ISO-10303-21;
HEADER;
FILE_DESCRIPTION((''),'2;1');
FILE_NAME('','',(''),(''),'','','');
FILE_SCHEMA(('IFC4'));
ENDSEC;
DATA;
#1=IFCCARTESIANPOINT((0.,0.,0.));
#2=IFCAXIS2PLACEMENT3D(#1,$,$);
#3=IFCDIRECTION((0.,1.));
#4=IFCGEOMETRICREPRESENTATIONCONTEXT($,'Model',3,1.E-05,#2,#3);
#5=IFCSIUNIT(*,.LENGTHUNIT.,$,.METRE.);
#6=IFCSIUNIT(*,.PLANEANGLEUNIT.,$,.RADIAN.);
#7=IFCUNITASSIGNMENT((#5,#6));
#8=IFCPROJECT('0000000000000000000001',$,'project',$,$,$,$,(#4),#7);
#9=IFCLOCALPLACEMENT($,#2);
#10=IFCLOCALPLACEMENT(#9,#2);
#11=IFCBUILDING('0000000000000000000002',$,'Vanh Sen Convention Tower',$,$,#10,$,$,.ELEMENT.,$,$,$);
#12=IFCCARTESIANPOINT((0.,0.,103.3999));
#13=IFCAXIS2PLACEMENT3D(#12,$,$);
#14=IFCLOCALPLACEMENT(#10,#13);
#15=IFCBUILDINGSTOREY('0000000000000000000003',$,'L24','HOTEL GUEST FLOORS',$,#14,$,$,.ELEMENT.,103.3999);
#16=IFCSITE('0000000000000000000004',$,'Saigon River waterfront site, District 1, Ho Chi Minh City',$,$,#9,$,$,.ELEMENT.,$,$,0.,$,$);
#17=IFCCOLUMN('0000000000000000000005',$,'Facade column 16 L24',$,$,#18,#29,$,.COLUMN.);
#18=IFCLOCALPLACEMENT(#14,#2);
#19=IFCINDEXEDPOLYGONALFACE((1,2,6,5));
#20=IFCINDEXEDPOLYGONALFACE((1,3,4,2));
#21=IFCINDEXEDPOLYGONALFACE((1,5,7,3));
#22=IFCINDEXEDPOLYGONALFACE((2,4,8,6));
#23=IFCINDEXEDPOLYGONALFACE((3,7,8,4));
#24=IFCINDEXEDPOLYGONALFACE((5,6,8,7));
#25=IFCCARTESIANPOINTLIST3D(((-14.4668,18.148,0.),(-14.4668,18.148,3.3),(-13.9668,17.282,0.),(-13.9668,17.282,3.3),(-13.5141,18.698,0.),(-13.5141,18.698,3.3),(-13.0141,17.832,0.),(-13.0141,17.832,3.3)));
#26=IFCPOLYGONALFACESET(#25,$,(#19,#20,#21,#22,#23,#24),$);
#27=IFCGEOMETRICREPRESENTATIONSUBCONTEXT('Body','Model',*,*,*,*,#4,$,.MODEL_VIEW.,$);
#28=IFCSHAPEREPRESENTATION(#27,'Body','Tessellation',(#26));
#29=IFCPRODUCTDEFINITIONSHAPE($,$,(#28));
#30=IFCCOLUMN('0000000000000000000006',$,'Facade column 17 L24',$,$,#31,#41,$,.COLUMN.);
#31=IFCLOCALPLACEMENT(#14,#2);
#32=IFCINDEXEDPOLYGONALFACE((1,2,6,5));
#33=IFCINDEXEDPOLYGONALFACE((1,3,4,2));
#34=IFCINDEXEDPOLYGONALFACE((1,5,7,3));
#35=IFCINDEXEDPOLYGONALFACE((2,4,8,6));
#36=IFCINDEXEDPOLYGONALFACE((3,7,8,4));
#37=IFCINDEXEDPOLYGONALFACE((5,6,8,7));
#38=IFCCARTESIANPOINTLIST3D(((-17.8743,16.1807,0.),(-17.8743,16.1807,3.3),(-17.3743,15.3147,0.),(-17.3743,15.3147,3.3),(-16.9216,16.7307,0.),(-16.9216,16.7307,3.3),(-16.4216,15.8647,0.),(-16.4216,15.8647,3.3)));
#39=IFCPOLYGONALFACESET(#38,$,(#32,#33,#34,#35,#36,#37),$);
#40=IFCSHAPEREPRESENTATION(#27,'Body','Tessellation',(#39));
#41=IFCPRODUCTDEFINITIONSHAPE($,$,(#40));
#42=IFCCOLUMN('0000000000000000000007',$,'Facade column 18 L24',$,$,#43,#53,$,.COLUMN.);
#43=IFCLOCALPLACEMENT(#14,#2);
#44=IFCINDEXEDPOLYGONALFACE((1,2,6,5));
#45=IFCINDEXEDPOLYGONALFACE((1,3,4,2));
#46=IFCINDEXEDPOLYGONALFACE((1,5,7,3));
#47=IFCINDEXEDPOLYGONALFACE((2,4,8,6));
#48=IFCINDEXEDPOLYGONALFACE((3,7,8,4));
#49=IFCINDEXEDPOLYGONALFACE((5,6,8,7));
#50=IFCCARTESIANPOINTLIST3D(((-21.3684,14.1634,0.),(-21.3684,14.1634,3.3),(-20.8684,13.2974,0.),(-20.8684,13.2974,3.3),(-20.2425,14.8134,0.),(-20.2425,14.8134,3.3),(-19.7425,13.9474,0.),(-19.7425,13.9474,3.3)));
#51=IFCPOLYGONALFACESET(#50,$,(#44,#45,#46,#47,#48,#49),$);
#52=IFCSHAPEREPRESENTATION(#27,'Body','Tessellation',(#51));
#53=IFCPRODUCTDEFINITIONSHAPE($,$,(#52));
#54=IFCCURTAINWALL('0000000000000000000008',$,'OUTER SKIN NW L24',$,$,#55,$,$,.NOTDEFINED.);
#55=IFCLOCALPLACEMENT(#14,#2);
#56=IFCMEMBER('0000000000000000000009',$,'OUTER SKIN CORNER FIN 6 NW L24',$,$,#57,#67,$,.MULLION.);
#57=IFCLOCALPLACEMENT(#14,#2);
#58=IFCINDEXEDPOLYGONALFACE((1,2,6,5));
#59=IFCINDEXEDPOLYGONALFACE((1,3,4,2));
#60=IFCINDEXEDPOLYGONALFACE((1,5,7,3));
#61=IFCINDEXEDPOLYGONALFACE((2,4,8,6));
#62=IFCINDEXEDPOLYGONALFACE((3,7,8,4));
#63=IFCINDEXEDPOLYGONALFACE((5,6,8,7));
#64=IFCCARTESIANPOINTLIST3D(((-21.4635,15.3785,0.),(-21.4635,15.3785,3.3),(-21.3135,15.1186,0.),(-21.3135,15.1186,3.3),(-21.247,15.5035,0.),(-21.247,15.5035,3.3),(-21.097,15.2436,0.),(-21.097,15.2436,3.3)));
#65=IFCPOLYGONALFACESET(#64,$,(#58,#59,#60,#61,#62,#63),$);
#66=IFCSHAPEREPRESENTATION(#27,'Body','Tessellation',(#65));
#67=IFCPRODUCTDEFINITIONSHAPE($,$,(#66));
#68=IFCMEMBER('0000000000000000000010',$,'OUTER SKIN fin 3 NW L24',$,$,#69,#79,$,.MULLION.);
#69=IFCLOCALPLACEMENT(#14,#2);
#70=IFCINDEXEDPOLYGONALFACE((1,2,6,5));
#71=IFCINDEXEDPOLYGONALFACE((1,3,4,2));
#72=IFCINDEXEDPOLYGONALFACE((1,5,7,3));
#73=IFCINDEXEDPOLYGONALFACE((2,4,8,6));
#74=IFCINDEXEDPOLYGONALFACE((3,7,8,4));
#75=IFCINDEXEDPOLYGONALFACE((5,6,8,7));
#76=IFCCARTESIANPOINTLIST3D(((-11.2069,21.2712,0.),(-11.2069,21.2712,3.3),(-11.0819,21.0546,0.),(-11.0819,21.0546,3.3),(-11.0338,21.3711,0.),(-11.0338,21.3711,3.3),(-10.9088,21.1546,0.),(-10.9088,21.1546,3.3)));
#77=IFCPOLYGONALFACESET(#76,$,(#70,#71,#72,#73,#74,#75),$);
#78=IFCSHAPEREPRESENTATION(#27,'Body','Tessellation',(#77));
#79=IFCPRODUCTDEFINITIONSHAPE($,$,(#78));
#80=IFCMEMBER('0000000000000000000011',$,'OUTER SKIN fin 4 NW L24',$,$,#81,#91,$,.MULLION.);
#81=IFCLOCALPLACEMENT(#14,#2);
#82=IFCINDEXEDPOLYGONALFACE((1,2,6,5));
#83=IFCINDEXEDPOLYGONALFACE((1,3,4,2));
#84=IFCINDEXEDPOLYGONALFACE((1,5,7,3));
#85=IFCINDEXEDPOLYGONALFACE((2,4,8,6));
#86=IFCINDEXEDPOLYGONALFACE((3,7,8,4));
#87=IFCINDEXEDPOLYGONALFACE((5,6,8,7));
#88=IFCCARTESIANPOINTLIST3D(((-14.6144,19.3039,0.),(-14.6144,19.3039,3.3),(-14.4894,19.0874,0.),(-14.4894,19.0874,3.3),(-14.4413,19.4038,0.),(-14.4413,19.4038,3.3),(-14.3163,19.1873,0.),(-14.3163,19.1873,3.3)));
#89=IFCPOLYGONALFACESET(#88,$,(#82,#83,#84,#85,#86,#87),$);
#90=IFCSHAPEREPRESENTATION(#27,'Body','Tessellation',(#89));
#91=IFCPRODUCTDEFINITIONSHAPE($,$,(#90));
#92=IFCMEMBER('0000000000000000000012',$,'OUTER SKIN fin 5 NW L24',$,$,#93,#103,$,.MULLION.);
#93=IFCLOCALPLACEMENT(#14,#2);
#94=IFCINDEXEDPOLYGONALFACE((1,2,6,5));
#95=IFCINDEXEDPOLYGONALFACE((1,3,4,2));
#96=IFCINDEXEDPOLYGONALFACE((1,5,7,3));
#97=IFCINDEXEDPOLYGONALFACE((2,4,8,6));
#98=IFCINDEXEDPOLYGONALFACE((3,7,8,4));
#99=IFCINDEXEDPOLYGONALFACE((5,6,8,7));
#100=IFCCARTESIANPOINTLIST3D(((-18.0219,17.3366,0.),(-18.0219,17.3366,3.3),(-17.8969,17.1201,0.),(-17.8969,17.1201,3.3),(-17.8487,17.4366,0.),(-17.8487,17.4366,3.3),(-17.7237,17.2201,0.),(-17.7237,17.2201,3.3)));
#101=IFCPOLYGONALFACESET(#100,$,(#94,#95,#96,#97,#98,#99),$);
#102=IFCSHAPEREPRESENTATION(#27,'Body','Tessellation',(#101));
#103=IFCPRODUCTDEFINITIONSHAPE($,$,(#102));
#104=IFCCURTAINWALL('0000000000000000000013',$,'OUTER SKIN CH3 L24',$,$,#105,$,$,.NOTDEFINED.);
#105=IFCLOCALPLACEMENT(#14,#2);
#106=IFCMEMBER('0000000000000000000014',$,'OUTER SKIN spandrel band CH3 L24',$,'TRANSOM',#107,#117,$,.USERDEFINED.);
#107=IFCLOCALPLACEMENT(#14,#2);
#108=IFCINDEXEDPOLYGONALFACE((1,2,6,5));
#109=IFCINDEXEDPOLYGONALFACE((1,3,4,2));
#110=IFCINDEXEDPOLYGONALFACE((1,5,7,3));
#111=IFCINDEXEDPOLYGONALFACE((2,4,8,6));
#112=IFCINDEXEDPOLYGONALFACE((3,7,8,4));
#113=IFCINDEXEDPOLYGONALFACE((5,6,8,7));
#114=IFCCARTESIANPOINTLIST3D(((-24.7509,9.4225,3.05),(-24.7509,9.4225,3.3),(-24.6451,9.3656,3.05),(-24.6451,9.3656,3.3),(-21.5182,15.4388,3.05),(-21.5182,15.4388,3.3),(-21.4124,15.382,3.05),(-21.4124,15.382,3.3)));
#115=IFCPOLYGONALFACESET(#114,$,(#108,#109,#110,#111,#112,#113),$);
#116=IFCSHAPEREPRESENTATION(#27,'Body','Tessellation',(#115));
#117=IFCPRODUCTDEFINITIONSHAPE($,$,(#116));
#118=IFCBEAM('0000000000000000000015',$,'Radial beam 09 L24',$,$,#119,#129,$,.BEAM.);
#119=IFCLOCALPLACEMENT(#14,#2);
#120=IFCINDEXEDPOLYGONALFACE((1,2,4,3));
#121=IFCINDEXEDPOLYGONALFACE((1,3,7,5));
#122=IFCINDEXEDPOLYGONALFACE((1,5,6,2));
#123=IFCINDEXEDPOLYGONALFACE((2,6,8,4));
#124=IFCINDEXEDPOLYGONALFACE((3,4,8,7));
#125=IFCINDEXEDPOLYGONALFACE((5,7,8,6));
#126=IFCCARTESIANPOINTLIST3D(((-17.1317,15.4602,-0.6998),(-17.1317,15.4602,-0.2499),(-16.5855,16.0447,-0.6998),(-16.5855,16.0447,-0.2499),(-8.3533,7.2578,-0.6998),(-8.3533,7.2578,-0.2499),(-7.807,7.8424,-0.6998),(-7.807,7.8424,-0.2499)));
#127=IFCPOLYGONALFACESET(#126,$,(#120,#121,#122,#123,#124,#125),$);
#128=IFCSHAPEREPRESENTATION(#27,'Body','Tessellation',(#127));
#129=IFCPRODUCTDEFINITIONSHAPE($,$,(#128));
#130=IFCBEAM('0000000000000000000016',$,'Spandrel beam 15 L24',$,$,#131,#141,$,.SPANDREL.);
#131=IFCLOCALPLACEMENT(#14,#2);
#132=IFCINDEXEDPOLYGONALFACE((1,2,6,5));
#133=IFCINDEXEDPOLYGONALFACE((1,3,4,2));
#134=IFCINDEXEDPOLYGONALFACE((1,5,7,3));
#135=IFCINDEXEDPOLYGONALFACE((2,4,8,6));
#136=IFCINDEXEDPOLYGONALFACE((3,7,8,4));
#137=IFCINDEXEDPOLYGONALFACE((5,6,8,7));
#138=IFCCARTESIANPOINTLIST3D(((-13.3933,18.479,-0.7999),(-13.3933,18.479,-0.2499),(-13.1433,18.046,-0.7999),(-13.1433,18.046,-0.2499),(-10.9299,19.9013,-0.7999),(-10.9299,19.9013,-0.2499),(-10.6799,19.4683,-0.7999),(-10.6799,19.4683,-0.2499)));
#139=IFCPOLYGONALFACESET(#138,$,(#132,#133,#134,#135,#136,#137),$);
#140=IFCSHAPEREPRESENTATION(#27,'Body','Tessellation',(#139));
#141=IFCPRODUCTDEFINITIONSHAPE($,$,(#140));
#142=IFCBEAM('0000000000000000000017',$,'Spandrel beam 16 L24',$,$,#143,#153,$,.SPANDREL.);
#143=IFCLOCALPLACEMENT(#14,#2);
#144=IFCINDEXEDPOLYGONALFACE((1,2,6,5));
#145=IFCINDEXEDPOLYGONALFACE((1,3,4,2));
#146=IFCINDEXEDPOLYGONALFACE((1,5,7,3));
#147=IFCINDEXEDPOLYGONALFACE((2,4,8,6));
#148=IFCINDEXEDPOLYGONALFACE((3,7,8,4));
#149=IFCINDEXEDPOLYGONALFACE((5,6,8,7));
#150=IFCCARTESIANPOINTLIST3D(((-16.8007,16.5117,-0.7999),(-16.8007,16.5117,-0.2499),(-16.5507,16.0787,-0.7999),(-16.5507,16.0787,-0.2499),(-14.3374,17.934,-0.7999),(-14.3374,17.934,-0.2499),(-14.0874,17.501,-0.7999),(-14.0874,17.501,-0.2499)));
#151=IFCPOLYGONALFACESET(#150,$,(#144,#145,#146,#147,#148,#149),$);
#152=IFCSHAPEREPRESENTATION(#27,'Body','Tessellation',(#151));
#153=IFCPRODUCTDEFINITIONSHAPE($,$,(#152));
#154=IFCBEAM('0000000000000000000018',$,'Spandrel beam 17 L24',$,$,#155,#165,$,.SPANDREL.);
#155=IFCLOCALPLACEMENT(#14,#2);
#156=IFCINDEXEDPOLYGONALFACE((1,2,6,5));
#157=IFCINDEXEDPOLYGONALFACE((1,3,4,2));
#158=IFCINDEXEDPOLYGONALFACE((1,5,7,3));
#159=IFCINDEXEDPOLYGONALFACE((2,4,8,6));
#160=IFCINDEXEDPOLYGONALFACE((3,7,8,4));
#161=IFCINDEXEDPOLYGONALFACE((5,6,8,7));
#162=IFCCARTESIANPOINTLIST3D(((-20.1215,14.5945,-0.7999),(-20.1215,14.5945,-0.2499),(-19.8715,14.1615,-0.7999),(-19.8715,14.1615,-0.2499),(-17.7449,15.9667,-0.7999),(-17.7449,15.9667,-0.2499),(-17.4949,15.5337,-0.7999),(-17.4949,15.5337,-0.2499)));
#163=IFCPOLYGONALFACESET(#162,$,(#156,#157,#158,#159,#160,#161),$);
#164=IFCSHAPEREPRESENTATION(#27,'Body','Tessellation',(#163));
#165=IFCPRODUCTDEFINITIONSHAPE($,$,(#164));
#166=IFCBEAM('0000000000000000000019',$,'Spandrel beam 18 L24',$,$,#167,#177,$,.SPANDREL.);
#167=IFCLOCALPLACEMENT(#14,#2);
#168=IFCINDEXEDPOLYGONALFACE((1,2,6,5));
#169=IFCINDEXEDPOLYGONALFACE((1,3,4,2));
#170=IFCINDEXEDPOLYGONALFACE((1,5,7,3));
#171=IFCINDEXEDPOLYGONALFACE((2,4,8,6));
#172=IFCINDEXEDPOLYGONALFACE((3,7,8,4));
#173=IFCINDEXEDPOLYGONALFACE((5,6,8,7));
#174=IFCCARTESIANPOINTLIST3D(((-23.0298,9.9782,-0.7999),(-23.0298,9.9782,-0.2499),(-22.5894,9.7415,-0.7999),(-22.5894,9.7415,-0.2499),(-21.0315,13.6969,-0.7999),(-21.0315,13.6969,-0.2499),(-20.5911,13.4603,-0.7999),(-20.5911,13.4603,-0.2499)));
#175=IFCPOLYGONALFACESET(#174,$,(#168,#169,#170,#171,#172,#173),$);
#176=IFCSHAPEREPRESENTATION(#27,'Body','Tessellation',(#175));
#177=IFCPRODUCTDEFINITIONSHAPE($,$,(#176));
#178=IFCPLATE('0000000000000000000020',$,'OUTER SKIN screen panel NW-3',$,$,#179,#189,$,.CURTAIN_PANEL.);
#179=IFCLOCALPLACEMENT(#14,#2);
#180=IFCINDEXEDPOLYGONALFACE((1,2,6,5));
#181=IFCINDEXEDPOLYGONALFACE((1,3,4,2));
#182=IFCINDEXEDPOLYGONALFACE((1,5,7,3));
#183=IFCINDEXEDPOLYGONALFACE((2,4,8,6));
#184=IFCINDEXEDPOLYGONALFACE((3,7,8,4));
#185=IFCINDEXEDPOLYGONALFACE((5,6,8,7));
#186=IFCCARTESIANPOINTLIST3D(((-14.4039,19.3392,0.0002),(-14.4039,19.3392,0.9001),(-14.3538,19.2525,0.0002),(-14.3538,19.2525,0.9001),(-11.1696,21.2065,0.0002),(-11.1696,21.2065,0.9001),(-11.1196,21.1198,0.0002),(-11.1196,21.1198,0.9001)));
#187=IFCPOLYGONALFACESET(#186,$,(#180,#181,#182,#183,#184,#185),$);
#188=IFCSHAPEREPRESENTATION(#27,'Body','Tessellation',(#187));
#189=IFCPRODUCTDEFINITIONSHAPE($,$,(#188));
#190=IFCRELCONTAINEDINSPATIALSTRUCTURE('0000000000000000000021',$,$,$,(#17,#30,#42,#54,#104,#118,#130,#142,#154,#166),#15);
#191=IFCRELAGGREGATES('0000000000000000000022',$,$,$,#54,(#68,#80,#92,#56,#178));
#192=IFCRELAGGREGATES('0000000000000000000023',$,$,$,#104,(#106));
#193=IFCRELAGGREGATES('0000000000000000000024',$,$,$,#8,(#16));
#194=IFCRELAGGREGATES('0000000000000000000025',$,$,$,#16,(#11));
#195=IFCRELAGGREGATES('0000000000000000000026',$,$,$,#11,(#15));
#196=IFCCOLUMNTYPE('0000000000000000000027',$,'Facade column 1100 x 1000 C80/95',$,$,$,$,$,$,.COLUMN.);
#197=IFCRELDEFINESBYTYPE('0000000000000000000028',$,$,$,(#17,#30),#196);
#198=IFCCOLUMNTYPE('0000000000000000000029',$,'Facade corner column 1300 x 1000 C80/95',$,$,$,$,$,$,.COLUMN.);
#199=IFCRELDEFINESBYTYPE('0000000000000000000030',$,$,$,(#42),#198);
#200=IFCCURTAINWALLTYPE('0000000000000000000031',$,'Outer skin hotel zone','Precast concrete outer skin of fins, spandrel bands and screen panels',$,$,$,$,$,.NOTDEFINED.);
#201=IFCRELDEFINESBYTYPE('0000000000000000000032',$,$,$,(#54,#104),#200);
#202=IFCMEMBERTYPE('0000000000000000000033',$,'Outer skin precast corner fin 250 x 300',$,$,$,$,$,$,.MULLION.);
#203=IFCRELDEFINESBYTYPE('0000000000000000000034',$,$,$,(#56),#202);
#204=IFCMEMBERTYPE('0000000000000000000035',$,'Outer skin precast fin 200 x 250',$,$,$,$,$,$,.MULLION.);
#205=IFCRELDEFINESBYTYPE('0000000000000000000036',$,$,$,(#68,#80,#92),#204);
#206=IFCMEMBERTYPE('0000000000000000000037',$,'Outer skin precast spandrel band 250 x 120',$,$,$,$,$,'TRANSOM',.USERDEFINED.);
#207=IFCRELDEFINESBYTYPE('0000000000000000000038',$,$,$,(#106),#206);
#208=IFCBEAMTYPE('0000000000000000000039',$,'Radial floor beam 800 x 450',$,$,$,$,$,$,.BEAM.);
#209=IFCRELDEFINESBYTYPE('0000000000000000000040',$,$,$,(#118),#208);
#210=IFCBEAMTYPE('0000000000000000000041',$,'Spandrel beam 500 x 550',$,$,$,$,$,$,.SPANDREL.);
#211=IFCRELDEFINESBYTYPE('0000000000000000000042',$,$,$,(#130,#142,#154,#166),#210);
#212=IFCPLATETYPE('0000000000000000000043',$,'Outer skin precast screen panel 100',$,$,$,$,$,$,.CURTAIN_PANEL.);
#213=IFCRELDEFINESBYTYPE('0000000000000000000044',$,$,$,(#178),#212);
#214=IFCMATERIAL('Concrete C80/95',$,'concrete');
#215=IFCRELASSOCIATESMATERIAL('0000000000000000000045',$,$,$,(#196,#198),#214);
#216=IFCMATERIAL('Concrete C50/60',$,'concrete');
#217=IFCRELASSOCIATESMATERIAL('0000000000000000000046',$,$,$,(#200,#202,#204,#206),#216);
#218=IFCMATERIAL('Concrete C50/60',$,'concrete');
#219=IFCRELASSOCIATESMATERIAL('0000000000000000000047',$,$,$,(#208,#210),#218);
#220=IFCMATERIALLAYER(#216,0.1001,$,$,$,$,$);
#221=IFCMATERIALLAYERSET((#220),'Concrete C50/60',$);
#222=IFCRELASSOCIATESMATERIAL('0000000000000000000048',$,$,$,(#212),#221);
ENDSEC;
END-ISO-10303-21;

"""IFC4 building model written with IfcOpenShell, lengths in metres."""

from ifc_helpers import new_model, si_unit, direction, frame, origin, origin_2d, place, context, subcontext, project, spatial, rectangle, extrude, material, layer, layer_set, material_profile, profile_set, type_object, element, aggregate, save


model = new_model("IFC4")

# Units and contexts
model_context = context("Model", 3, precision=1e-05, world=origin(), true_north=direction((0.0, 1.0)))
body_context = subcontext(model_context, "Body", "Model", "MODEL_VIEW")
ifc_project = project(units=[si_unit("LENGTHUNIT", "METRE"), si_unit("PLANEANGLEUNIT", "RADIAN")], contexts=[model_context])

# Site, building, storey
site_placement = place(None, origin())
site = spatial("IfcSite", under=ifc_project, at=site_placement, Name="Saigon River waterfront site, District 1, Ho Chi Minh City", CompositionType="ELEMENT", RefElevation=0.0)
building_placement = place(site_placement, origin())
building = spatial("IfcBuilding", under=site, at=building_placement, Name="Vanh Sen Convention Tower", CompositionType="ELEMENT")
storey_placement = place(building_placement, frame((0.0, 0.0, 103.3999)))
storey = spatial("IfcBuildingStorey", under=building, at=storey_placement, Name="L24", Description="HOTEL GUEST FLOORS", CompositionType="ELEMENT", Elevation=103.3999)

# Columns
ifc_material_1 = material(Name="Concrete C80/95", Category="concrete")
ifc_material_profile_1 = material_profile(ifc_material_1, rectangle(XDim=1.1001, YDim=1.0, at=origin_2d()), Name="RC 1100X1000")
ifc_profile_set_1 = profile_set([ifc_material_profile_1], Name="Concrete C80/95")
column_type_1 = type_object("IfcColumnType", Name="Facade column 1100 x 1000 C80/95", PredefinedType="COLUMN", material=ifc_profile_set_1)
for number, where, z_axis, x_axis, name in (
    (1, (-13.7405, 17.99, 0.0), (0.0, 0.0, 1.0), (-0.866025, -0.5, 0.0), "Facade column 16 L24"),
    (2, (-17.1479, 16.0227, 0.0), (0.0, 0.0, 1.0), (-0.866025, -0.5, 0.0), "Facade column 17 L24"),
):
    element("IfcColumn", number, at=place(storey_placement, frame(where, z_axis=z_axis, x_axis=x_axis)), inside=storey, type_object=column_type_1, Name=name, PredefinedType="COLUMN", context=body_context, shape_type="SweptSolid", body=[
        extrude(rectangle(XDim=1.1001, YDim=1.0, at=origin_2d()), origin(), (0.0, 0.0, 1.0), 3.3),
    ])
ifc_material_profile_2 = material_profile(ifc_material_1, rectangle(XDim=1.3, YDim=1.0, at=origin_2d()), Name="RC 1300X1000")
ifc_profile_set_2 = profile_set([ifc_material_profile_2], Name="Concrete C80/95")
column_type_2 = type_object("IfcColumnType", Name="Facade corner column 1300 x 1000 C80/95", PredefinedType="COLUMN", material=ifc_profile_set_2)
column_placement = place(storey_placement, frame((-20.5554, 14.0554, 0.0), z_axis=(0.0, 0.0, 1.0), x_axis=(-0.866025, -0.5, 0.0)))
element("IfcColumn", 3, at=column_placement, inside=storey, type_object=column_type_2, Name="Facade column 18 L24", PredefinedType="COLUMN", context=body_context, shape_type="SweptSolid", body=[
    extrude(rectangle(XDim=1.3, YDim=1.0, at=origin_2d()), origin(), (0.0, 0.0, 1.0), 3.3),
])

# Curtain wall, members
ifc_material_2 = material(Name="Concrete C50/60", Category="concrete")
curtain_wall_type = type_object("IfcCurtainWallType", Name="Outer skin hotel zone", Description="Precast concrete outer skin of fins, spandrel bands and screen panels", PredefinedType="NOTDEFINED", material=ifc_material_2)
curtain_wall_1_placement = place(storey_placement, origin())
curtain_wall_1 = element("IfcCurtainWall", 4, at=curtain_wall_1_placement, inside=storey, type_object=curtain_wall_type, Name="OUTER SKIN NW L24", PredefinedType="NOTDEFINED")
ifc_material_profile_3 = material_profile(ifc_material_2, rectangle(XDim=0.25, YDim=0.3, at=origin_2d()), Name="Outer skin precast corner fin 250 x 300")
ifc_profile_set_3 = profile_set([ifc_material_profile_3], Name="Concrete C50/60")
member_type_1 = type_object("IfcMemberType", Name="Outer skin precast corner fin 250 x 300", PredefinedType="MULLION", material=ifc_profile_set_3)
member_1_placement = place(storey_placement, frame((-21.2803, 15.311, 0.0), z_axis=(0.0, 0.0, 1.0), x_axis=(-0.866025, -0.5, 0.0)))
member_1 = element("IfcMember", 5, at=member_1_placement, type_object=member_type_1, Name="OUTER SKIN CORNER FIN 6 NW L24", PredefinedType="MULLION", context=body_context, shape_type="SweptSolid", body=[
    extrude(rectangle(XDim=0.25, YDim=0.3, at=origin_2d()), origin(), (0.0, 0.0, 1.0), 3.3),
])
ifc_material_profile_4 = material_profile(ifc_material_2, rectangle(XDim=0.2, YDim=0.25, at=origin_2d()), Name="Outer skin precast fin 200 x 250")
ifc_profile_set_4 = profile_set([ifc_material_profile_4], Name="Concrete C50/60")
member_type_2 = type_object("IfcMemberType", Name="Outer skin precast fin 200 x 250", PredefinedType="MULLION", material=ifc_profile_set_4)
member_2_placement = place(storey_placement, frame((-11.0579, 21.2129, 0.0), z_axis=(0.0, 0.0, 1.0), x_axis=(-0.866025, -0.5, 0.0)))
member_2 = element("IfcMember", 6, at=member_2_placement, type_object=member_type_2, Name="OUTER SKIN fin 3 NW L24", PredefinedType="MULLION", context=body_context, shape_type="SweptSolid", body=[
    extrude(rectangle(XDim=0.2, YDim=0.25, at=origin_2d()), origin(), (0.0, 0.0, 1.0), 3.3),
])
member_3_placement = place(storey_placement, frame((-14.4653, 19.2456, 0.0), z_axis=(0.0, 0.0, 1.0), x_axis=(-0.866025, -0.5, 0.0)))
member_3 = element("IfcMember", 7, at=member_3_placement, type_object=member_type_2, Name="OUTER SKIN fin 4 NW L24", PredefinedType="MULLION", context=body_context, shape_type="SweptSolid", body=[
    extrude(rectangle(XDim=0.2, YDim=0.25, at=origin_2d()), origin(), (0.0, 0.0, 1.0), 3.3),
])
member_4_placement = place(storey_placement, frame((-17.8728, 17.2783, 0.0), z_axis=(0.0, 0.0, 1.0), x_axis=(-0.866025, -0.5, 0.0)))
member_4 = element("IfcMember", 8, at=member_4_placement, type_object=member_type_2, Name="OUTER SKIN fin 5 NW L24", PredefinedType="MULLION", context=body_context, shape_type="SweptSolid", body=[
    extrude(rectangle(XDim=0.2, YDim=0.25, at=origin_2d()), origin(), (0.0, 0.0, 1.0), 3.3),
])

# Curtain wall, member
curtain_wall_2_placement = place(storey_placement, origin())
curtain_wall_2 = element("IfcCurtainWall", 9, at=curtain_wall_2_placement, inside=storey, type_object=curtain_wall_type, Name="OUTER SKIN CH3 L24", PredefinedType="NOTDEFINED")
ifc_material_profile_5 = material_profile(ifc_material_2, rectangle(XDim=0.1201, YDim=0.25, at=origin_2d()), Name="Outer skin precast spandrel band 250 x 120")
ifc_profile_set_5 = profile_set([ifc_material_profile_5], Name="Concrete C50/60")
member_type_3 = type_object("IfcMemberType", Name="Outer skin precast spandrel band 250 x 120", ElementType="TRANSOM", PredefinedType="USERDEFINED", material=ifc_profile_set_5)
member_5_placement = place(storey_placement, frame((-21.4653, 15.4104, 3.175), z_axis=(-0.473315, -0.880893, 0.0), x_axis=(0.880893, -0.473315, 0.0)))
member_5 = element("IfcMember", 10, at=member_5_placement, type_object=member_type_3, Name="OUTER SKIN spandrel band CH3 L24", ObjectType="TRANSOM", PredefinedType="USERDEFINED", context=body_context, shape_type="SweptSolid", body=[
    extrude(rectangle(XDim=0.1201, YDim=0.25, at=origin_2d()), origin(), (0.0, 0.0, 1.0), 6.8298),
])

# Beams
ifc_material_3 = material(Name="Concrete C50/60", Category="concrete")
ifc_material_profile_6 = material_profile(ifc_material_3, rectangle(XDim=0.8, YDim=0.45, at=origin_2d()), Name="RC 800X450")
ifc_profile_set_6 = profile_set([ifc_material_profile_6], Name="Concrete C50/60")
beam_type_1 = type_object("IfcBeamType", Name="Radial floor beam 800 x 450", PredefinedType="BEAM", material=ifc_profile_set_6)
beam_1_placement = place(storey_placement, frame((-16.8586, 15.7524, -0.4749), z_axis=(0.730679, -0.682721, 0.0), x_axis=(0.682721, 0.730679, 0.0)))
element("IfcBeam", 11, at=beam_1_placement, inside=storey, type_object=beam_type_1, Name="Radial beam 09 L24", PredefinedType="BEAM", context=body_context, shape_type="SweptSolid", body=[
    extrude(rectangle(XDim=0.8, YDim=0.45, at=origin_2d()), origin(), (0.0, 0.0, 1.0), 12.0142),
])
ifc_material_profile_7 = material_profile(ifc_material_3, rectangle(XDim=0.5, YDim=0.55, at=origin_2d()), Name="RC 500X550")
ifc_profile_set_7 = profile_set([ifc_material_profile_7], Name="Concrete C50/60")
beam_type_2 = type_object("IfcBeamType", Name="Spandrel beam 500 x 550", PredefinedType="SPANDREL", material=ifc_profile_set_7)
for number, where, z_axis, x_axis, name in (
    (12, (-10.8049, 19.6848, -0.5249), (-0.866005, -0.500034, 0.0), (0.500034, -0.866005, 0.0), "Spandrel beam 15 L24"),
    (13, (-14.2124, 17.7175, -0.5249), (-0.866005, -0.500034, 0.0), (0.500034, -0.866005, 0.0), "Spandrel beam 16 L24"),
):
    element("IfcBeam", number, at=place(storey_placement, frame(where, z_axis=z_axis, x_axis=x_axis)), inside=storey, type_object=beam_type_2, Name=name, PredefinedType="SPANDREL", context=body_context, shape_type="SweptSolid", body=[
        extrude(rectangle(XDim=0.5, YDim=0.55, at=origin_2d()), origin(), (0.0, 0.0, 1.0), 2.8445),
    ])
beam_2_placement = place(storey_placement, frame((-17.6199, 15.7502, -0.5249), z_axis=(-0.866006, -0.500033, 0.0), x_axis=(0.500033, -0.866006, 0.0)))
element("IfcBeam", 14, at=beam_2_placement, inside=storey, type_object=beam_type_2, Name="Spandrel beam 17 L24", PredefinedType="SPANDREL", context=body_context, shape_type="SweptSolid", body=[
    extrude(rectangle(XDim=0.5, YDim=0.55, at=origin_2d()), origin(), (0.0, 0.0, 1.0), 2.7444),
])
beam_3_placement = place(storey_placement, frame((-20.8113, 13.5786, -0.5249), z_axis=(-0.473344, -0.880877, 0.0), x_axis=(0.880877, -0.473344, 0.0)))
element("IfcBeam", 15, at=beam_3_placement, inside=storey, type_object=beam_type_2, Name="Spandrel beam 18 L24", PredefinedType="SPANDREL", context=body_context, shape_type="SweptSolid", body=[
    extrude(rectangle(XDim=0.5, YDim=0.55, at=origin_2d()), origin(), (0.0, 0.0, 1.0), 4.2217),
])

# Plate
ifc_layer_1 = layer(ifc_material_2, 0.1001)
ifc_layer_set_1 = layer_set([ifc_layer_1], Name="Concrete C50/60")
plate_type = type_object("IfcPlateType", Name="Outer skin precast screen panel 100", PredefinedType="CURTAIN_PANEL", material=ifc_layer_set_1)
plate_1_placement = place(storey_placement, frame((-12.7617, 20.2295, 0.0002), z_axis=(0.0, 0.0, 1.0), x_axis=(-0.866028, -0.499995, 0.0)))
plate_1 = element("IfcPlate", 16, at=plate_1_placement, type_object=plate_type, Name="OUTER SKIN screen panel NW-3", PredefinedType="CURTAIN_PANEL", context=body_context, shape_type="SweptSolid", body=[
    extrude(rectangle(XDim=3.7346, YDim=0.1001, at=origin_2d()), origin(), (0.0, 0.0, 1.0), 0.8999),
])
aggregate(curtain_wall_1, [member_2, member_3, member_4, member_1, plate_1])
aggregate(curtain_wall_2, [member_5])

save(model, "model.ifc")
